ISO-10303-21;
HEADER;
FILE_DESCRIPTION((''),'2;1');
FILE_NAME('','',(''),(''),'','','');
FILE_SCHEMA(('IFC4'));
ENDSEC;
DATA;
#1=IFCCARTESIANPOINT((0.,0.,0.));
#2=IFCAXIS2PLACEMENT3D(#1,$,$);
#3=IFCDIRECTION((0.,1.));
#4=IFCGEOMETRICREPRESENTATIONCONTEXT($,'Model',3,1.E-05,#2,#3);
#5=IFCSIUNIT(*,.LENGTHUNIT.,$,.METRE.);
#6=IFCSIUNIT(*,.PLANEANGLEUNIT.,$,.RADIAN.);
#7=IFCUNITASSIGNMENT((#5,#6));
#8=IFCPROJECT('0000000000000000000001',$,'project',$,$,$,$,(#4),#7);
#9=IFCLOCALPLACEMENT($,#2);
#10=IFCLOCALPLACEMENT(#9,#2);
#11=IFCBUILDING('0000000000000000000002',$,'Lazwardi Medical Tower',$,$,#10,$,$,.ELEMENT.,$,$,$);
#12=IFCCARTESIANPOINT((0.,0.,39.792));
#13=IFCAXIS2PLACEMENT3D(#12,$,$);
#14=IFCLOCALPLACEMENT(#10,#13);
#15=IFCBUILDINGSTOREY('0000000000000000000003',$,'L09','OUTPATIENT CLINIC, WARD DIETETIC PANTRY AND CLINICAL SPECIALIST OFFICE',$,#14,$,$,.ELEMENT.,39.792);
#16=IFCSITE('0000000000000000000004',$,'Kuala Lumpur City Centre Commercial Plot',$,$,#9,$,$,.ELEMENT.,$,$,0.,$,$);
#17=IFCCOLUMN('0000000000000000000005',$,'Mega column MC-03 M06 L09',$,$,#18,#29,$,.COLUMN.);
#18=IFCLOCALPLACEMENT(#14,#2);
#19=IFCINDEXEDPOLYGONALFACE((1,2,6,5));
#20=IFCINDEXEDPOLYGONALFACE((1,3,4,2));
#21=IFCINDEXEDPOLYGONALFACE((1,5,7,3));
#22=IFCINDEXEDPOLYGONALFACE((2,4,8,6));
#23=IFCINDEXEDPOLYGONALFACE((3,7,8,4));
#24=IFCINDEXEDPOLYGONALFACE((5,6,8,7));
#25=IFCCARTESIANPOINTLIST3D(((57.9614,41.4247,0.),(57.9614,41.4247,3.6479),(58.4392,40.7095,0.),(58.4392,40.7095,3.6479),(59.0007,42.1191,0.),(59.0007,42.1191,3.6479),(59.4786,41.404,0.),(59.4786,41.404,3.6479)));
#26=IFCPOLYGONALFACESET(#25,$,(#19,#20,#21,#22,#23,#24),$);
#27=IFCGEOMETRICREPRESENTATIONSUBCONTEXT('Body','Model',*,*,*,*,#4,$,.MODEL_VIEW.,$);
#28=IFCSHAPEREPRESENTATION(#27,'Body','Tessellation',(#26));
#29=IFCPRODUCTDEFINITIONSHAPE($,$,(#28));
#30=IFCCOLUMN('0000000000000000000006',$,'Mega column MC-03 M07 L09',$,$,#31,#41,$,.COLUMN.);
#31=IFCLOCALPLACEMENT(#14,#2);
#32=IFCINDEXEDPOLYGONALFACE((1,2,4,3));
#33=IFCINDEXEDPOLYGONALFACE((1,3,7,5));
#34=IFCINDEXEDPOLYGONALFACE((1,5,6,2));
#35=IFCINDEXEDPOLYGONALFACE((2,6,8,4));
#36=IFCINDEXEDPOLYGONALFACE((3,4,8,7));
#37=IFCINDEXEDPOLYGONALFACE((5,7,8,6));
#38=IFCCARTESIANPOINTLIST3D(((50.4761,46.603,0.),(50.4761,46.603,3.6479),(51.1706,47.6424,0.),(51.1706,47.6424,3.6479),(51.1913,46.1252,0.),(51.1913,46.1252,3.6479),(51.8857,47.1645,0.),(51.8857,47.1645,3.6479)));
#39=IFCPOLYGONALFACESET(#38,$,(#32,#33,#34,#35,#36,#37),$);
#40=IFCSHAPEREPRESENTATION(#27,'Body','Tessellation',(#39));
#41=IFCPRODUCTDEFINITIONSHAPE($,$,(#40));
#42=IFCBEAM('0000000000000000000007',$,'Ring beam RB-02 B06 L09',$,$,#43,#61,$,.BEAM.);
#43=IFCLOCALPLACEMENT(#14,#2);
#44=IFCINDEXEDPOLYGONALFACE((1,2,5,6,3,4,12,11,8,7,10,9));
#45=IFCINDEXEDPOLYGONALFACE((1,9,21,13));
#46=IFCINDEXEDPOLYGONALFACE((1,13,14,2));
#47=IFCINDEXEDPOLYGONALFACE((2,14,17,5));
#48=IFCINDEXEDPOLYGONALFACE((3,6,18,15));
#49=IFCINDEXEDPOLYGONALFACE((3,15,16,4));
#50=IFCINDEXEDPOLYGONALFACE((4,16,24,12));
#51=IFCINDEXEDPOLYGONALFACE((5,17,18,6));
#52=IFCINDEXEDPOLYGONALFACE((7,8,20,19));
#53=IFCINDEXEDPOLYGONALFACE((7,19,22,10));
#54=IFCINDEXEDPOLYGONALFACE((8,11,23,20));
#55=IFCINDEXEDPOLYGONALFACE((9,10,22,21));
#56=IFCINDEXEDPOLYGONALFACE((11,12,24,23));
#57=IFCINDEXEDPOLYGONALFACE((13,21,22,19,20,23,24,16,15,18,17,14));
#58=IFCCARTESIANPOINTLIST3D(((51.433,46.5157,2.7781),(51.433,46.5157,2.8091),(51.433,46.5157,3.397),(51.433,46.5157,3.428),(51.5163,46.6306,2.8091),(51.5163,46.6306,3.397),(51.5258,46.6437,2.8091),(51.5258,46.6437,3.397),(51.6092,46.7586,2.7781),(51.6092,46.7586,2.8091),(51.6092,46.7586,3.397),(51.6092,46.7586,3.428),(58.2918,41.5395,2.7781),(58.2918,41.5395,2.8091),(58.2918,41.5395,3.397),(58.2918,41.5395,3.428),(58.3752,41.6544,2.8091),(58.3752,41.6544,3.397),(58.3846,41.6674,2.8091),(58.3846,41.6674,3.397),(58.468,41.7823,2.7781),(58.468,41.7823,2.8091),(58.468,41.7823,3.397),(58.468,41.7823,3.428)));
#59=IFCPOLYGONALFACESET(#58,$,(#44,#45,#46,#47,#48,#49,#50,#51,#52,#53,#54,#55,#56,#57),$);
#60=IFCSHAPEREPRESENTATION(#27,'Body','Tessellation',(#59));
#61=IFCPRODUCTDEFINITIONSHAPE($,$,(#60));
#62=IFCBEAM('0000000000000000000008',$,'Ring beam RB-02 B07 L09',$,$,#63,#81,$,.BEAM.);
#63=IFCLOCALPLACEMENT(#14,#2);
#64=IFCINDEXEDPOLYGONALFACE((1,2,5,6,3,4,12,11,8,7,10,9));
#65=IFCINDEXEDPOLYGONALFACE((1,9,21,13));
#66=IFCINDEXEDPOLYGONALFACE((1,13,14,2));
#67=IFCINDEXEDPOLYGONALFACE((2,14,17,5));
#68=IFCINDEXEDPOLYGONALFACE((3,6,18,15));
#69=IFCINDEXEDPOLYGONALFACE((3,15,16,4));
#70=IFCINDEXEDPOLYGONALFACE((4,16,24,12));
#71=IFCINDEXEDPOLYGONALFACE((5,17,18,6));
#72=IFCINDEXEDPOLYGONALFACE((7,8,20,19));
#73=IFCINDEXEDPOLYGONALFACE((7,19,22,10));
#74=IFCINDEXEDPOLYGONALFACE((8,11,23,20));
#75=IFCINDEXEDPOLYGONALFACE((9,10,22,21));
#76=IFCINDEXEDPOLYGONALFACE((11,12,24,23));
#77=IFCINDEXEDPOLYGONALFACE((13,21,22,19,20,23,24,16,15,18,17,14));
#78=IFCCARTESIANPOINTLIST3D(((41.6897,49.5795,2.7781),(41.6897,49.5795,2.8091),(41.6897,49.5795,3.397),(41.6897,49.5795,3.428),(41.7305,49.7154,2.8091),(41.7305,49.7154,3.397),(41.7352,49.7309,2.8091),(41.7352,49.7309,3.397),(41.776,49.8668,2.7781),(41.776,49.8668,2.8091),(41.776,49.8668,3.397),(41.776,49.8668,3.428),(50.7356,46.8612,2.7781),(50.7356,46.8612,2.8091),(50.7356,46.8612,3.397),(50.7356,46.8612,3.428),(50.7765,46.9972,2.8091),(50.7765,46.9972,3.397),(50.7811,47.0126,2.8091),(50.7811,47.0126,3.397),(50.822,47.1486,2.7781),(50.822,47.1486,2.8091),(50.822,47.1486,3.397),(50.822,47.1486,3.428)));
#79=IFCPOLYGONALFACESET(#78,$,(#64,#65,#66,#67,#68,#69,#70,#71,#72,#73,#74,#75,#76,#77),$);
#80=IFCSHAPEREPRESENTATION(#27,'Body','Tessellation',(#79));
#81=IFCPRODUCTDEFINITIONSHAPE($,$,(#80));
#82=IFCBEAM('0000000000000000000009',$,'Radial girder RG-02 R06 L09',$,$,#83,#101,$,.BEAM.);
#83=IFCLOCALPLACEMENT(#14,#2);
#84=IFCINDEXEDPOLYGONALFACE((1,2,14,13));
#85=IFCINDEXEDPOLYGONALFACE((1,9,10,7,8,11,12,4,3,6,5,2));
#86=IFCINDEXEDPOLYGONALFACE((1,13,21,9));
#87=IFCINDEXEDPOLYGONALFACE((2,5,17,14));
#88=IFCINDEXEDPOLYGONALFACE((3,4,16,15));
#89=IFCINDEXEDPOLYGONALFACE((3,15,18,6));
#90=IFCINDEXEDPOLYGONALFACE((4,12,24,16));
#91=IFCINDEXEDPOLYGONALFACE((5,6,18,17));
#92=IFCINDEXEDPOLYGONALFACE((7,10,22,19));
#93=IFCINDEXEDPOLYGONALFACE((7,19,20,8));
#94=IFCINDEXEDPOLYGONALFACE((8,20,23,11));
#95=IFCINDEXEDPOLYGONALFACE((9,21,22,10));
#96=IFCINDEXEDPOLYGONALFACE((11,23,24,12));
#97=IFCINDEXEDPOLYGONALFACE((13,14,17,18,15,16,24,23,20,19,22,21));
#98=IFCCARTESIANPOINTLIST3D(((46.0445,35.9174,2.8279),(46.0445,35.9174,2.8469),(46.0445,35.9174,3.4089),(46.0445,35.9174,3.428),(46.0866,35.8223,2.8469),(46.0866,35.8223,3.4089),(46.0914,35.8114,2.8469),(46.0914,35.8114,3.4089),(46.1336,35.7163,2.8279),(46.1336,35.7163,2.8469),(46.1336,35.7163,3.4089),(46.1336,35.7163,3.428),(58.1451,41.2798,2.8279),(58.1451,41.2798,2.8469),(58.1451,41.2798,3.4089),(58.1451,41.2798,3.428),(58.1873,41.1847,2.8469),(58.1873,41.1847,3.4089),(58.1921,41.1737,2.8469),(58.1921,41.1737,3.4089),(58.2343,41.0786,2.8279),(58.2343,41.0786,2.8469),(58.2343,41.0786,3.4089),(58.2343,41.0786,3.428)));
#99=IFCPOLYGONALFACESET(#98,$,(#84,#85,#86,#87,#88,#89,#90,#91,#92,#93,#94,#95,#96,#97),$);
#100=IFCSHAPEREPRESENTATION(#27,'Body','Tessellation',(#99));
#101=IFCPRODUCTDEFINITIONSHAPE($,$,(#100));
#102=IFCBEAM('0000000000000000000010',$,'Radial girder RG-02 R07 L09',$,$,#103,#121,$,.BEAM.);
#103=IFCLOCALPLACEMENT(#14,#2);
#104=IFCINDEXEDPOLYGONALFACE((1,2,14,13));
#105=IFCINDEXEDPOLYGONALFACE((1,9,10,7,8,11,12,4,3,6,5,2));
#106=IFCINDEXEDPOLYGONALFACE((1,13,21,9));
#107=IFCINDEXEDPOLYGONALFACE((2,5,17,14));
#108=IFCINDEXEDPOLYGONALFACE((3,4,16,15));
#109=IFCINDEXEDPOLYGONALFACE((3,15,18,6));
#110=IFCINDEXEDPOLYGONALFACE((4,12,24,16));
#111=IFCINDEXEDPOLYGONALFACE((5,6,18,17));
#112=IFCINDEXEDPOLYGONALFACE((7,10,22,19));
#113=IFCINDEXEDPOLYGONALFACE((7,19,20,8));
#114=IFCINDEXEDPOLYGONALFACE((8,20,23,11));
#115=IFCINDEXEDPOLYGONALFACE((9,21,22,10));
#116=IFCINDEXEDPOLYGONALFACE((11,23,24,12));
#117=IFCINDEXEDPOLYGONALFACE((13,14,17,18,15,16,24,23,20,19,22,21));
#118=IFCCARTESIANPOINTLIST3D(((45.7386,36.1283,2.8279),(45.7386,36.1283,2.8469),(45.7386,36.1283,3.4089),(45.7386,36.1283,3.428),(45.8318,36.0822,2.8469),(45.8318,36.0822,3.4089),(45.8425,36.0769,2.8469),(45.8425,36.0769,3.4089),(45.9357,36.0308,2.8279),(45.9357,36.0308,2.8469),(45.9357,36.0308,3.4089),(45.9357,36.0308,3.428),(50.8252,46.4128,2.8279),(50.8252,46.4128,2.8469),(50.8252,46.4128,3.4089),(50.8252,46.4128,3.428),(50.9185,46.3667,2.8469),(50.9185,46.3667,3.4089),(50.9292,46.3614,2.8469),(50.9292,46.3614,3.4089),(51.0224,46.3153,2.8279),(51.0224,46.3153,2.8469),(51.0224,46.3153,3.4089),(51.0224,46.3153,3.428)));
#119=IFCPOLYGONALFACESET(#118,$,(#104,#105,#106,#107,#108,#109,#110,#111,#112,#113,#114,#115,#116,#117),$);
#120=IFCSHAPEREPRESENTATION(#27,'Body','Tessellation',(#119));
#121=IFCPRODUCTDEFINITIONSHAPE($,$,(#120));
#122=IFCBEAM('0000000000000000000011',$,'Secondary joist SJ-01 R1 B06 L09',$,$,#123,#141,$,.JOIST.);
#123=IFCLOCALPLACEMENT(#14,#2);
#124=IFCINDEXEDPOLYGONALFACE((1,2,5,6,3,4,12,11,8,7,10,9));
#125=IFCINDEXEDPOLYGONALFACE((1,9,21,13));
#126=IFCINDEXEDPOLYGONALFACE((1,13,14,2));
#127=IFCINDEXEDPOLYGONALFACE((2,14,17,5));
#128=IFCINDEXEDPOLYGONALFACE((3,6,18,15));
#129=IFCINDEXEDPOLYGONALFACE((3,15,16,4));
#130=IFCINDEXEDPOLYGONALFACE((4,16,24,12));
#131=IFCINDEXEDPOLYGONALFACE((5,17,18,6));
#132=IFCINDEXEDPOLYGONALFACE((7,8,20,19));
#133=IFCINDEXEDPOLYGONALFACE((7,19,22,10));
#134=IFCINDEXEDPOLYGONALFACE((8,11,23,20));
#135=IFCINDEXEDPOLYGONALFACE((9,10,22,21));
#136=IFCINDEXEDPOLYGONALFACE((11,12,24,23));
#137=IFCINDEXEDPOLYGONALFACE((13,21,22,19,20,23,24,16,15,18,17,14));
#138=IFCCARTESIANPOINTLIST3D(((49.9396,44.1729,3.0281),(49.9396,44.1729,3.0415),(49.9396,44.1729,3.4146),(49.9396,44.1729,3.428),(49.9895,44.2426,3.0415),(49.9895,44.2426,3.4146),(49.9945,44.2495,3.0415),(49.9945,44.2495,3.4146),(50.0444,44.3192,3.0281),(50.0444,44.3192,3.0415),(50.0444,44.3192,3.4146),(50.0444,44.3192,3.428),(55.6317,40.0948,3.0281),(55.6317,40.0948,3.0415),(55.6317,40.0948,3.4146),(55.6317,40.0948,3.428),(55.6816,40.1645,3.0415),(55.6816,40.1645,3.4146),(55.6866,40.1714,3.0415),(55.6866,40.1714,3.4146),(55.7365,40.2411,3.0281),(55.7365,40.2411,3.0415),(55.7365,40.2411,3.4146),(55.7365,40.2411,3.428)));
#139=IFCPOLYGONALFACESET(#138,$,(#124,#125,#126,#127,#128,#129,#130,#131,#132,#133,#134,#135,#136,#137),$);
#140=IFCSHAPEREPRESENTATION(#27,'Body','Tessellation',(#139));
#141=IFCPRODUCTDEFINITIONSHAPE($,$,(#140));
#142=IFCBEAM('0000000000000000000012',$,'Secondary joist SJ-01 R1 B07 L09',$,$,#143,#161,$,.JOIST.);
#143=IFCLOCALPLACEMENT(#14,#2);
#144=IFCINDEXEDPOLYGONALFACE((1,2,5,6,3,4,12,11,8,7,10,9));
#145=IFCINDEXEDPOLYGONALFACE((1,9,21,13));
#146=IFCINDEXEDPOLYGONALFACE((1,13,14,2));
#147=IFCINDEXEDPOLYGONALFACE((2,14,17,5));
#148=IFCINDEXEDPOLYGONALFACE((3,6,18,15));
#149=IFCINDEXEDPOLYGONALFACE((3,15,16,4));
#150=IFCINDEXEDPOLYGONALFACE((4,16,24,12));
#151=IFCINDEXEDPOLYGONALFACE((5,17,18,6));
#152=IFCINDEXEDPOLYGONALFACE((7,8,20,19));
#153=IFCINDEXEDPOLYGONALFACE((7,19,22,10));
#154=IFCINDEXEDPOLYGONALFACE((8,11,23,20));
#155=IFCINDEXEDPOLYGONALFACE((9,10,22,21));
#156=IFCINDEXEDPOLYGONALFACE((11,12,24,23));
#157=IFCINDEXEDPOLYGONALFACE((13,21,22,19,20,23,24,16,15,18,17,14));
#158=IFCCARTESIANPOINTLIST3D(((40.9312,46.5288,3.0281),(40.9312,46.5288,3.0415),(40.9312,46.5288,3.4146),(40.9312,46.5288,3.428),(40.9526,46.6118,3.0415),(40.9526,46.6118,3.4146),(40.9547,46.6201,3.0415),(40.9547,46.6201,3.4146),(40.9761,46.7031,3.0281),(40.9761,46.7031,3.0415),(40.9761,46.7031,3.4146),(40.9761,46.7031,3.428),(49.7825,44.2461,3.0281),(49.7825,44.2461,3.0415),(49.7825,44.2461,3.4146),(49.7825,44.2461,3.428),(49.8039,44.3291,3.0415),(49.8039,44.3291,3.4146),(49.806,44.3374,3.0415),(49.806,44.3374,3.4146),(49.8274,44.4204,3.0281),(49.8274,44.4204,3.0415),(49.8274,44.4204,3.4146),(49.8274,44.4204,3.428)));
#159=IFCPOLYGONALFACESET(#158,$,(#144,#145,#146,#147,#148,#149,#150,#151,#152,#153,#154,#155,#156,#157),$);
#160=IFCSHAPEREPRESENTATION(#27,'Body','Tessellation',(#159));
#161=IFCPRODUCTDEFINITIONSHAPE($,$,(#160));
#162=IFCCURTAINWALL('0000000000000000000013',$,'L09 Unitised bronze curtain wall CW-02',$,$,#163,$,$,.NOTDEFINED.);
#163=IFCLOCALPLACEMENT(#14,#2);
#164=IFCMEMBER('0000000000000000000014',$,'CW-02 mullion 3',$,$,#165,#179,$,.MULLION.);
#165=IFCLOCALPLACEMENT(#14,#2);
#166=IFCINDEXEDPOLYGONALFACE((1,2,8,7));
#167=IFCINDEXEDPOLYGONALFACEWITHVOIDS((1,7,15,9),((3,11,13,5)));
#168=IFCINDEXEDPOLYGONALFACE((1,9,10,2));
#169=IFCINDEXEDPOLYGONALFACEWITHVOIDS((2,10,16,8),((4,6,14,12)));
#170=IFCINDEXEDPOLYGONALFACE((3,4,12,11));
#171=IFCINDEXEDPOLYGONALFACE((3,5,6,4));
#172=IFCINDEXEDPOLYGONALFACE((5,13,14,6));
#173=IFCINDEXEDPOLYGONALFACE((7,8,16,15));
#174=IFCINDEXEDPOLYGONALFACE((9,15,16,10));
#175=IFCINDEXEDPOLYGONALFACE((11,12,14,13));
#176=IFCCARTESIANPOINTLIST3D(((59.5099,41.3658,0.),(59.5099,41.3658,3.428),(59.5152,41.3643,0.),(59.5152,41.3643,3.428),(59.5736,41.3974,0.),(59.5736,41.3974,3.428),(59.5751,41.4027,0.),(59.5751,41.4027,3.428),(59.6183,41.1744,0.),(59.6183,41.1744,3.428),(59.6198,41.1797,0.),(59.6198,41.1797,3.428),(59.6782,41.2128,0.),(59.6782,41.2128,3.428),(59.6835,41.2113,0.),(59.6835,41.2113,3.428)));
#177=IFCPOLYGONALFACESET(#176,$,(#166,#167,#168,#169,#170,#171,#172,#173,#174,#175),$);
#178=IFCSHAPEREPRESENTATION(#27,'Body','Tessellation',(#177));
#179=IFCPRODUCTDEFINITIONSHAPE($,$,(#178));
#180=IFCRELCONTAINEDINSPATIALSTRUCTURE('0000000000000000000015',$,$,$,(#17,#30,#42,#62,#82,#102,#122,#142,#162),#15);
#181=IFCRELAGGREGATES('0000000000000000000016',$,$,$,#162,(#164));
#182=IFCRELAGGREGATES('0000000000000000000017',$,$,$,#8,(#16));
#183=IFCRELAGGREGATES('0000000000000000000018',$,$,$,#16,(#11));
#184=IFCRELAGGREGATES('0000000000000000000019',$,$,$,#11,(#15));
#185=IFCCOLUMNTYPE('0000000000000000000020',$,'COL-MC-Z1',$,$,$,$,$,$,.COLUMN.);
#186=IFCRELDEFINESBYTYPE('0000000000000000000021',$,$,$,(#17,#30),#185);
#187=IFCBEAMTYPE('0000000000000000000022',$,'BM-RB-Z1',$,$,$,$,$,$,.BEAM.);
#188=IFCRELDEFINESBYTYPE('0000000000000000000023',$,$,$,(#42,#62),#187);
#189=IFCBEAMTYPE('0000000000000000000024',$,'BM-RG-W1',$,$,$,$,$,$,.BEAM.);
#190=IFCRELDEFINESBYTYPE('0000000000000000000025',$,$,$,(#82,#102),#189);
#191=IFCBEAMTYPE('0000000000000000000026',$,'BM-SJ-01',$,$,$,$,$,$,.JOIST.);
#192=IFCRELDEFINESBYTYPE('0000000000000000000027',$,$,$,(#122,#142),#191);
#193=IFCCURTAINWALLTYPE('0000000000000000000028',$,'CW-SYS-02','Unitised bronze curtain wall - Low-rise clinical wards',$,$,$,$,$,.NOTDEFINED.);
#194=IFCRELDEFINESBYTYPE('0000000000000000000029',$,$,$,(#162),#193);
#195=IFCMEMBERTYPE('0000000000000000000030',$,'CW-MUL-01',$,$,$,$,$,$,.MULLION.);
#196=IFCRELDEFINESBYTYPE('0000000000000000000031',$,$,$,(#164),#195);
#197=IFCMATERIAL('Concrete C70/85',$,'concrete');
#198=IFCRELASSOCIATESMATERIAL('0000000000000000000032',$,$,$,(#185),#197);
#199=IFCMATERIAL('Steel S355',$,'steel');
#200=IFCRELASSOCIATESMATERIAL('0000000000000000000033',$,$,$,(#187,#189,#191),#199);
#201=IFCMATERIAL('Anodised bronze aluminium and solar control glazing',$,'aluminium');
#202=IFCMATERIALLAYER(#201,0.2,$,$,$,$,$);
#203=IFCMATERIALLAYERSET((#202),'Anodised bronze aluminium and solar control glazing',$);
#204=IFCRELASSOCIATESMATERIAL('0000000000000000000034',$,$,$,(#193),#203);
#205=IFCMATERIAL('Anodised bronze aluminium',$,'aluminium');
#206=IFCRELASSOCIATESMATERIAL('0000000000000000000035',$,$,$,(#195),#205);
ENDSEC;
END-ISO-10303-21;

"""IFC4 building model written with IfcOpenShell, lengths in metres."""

from ifc_helpers import new_model, si_unit, direction, frame, origin, origin_2d, place, context, subcontext, project, spatial, rectangle, hollow_rectangle, i_section, extrude, material, layer, layer_set, material_profile, profile_set, type_object, element, aggregate, save


model = new_model("IFC4")

# Units and contexts
model_context = context("Model", 3, precision=1e-05, world=origin(), true_north=direction((0.0, 1.0)))
body_context = subcontext(model_context, "Body", "Model", "MODEL_VIEW")
ifc_project = project(units=[si_unit("LENGTHUNIT", "METRE"), si_unit("PLANEANGLEUNIT", "RADIAN")], contexts=[model_context])

# Site, building, storey
site_placement = place(None, origin())
site = spatial("IfcSite", under=ifc_project, at=site_placement, Name="Kuala Lumpur City Centre Commercial Plot", CompositionType="ELEMENT", RefElevation=0.0)
building_placement = place(site_placement, origin())
building = spatial("IfcBuilding", under=site, at=building_placement, Name="Lazwardi Medical Tower", CompositionType="ELEMENT")
storey_placement = place(building_placement, frame((0.0, 0.0, 39.792)))
storey = spatial("IfcBuildingStorey", under=building, at=storey_placement, Name="L09", Description="OUTPATIENT CLINIC, WARD DIETETIC PANTRY AND CLINICAL SPECIALIST OFFICE", CompositionType="ELEMENT", Elevation=39.792)

# Columns
ifc_material_1 = material(Name="Concrete C70/85", Category="concrete")
ifc_material_profile_1 = material_profile(ifc_material_1, rectangle(XDim=1.25, YDim=0.8601, at=origin_2d()), Name="CFT-RECT 1250x860")
ifc_profile_set_1 = profile_set([ifc_material_profile_1], Name="Concrete C70/85")
column_type = type_object("IfcColumnType", Name="COL-MC-Z1", PredefinedType="COLUMN", material=ifc_profile_set_1)
for number, where, z_axis, x_axis, name in (
    (1, (58.72, 41.4143, 0.0), (0.0, 0.0, 1.0), (0.83147, 0.55557, 0.0), "Mega column MC-03 M06 L09"),
    (2, (51.1809, 46.8838, 0.0), (0.0, 0.0, 1.0), (0.55557, 0.83147, 0.0), "Mega column MC-03 M07 L09"),
):
    element("IfcColumn", number, at=place(storey_placement, frame(where, z_axis=z_axis, x_axis=x_axis)), inside=storey, type_object=column_type, Name=name, PredefinedType="COLUMN", context=body_context, shape_type="SweptSolid", body=[
        extrude(rectangle(XDim=1.25, YDim=0.8601, at=origin_2d()), origin(), (0.0, 0.0, 1.0), 3.6479),
    ])

# Beams
ifc_material_2 = material(Name="Steel S355", Category="steel")
ifc_material_profile_2 = material_profile(ifc_material_2, i_section(OverallWidth=0.3, OverallDepth=0.6499, WebThickness=0.0161, FlangeThickness=0.031, at=origin_2d()), Name="HEB 650")
ifc_profile_set_2 = profile_set([ifc_material_profile_2], Name="Steel S355")
beam_type_1 = type_object("IfcBeamType", Name="BM-RB-Z1", PredefinedType="BEAM", material=ifc_profile_set_2)
beam_1_placement = place(storey_placement, frame((58.3799, 41.6609, 3.103), z_axis=(-0.809407, 0.587248, 0.0), x_axis=(-0.587248, -0.809407, 0.0)))
element("IfcBeam", 3, at=beam_1_placement, inside=storey, type_object=beam_type_1, Name="Ring beam RB-02 B06 L09", PredefinedType="BEAM", context=body_context, shape_type="SweptSolid", body=[
    extrude(i_section(OverallWidth=0.3, OverallDepth=0.6499, WebThickness=0.0161, FlangeThickness=0.031, at=origin_2d()), origin(), (0.0, 0.0, 1.0), 8.4739),
])
beam_2_placement = place(storey_placement, frame((50.7788, 47.0049, 3.103), z_axis=(-0.957695, 0.287784, 0.0), x_axis=(-0.287784, -0.957695, 0.0)))
element("IfcBeam", 4, at=beam_2_placement, inside=storey, type_object=beam_type_1, Name="Ring beam RB-02 B07 L09", PredefinedType="BEAM", context=body_context, shape_type="SweptSolid", body=[
    extrude(i_section(OverallWidth=0.3, OverallDepth=0.6499, WebThickness=0.0161, FlangeThickness=0.031, at=origin_2d()), origin(), (0.0, 0.0, 1.0), 9.4456),
])
ifc_material_profile_3 = material_profile(ifc_material_2, i_section(OverallWidth=0.22, OverallDepth=0.6001, WebThickness=0.012, FlangeThickness=0.019, at=origin_2d()), Name="IPE 600")
ifc_profile_set_3 = profile_set([ifc_material_profile_3], Name="Steel S355")
beam_type_2 = type_object("IfcBeamType", Name="BM-RG-W1", PredefinedType="BEAM", material=ifc_profile_set_3)
beam_3_placement = place(storey_placement, frame((58.1897, 41.1792, 3.1279), z_axis=(-0.914252, -0.405146, 0.0), x_axis=(0.405146, -0.914252, 0.0)))
element("IfcBeam", 5, at=beam_3_placement, inside=storey, type_object=beam_type_2, Name="Radial girder RG-02 R06 L09", PredefinedType="BEAM", context=body_context, shape_type="SweptSolid", body=[
    extrude(i_section(OverallWidth=0.22, OverallDepth=0.6001, WebThickness=0.012, FlangeThickness=0.019, at=origin_2d()), origin(), (0.0, 0.0, 1.0), 13.2356),
])
beam_4_placement = place(storey_placement, frame((50.9238, 46.364, 3.1279), z_axis=(-0.443337, -0.896355, 0.0), x_axis=(0.896355, -0.443337, 0.0)))
element("IfcBeam", 6, at=beam_4_placement, inside=storey, type_object=beam_type_2, Name="Radial girder RG-02 R07 L09", PredefinedType="BEAM", context=body_context, shape_type="SweptSolid", body=[
    extrude(i_section(OverallWidth=0.22, OverallDepth=0.6001, WebThickness=0.012, FlangeThickness=0.019, at=origin_2d()), origin(), (0.0, 0.0, 1.0), 11.4736),
])
ifc_material_profile_4 = material_profile(ifc_material_2, i_section(OverallWidth=0.1799, OverallDepth=0.3999, WebThickness=0.0085, FlangeThickness=0.0134, at=origin_2d()), Name="IPE 400")
ifc_profile_set_4 = profile_set([ifc_material_profile_4], Name="Steel S355")
beam_type_3 = type_object("IfcBeamType", Name="BM-SJ-01", PredefinedType="JOIST", material=ifc_profile_set_4)
beam_5_placement = place(storey_placement, frame((55.6841, 40.168, 3.228), z_axis=(-0.812901, 0.582402, 0.0), x_axis=(-0.582402, -0.812901, 0.0)))
element("IfcBeam", 7, at=beam_5_placement, inside=storey, type_object=beam_type_3, Name="Secondary joist SJ-01 R1 B06 L09", PredefinedType="JOIST", context=body_context, shape_type="SweptSolid", body=[
    extrude(i_section(OverallWidth=0.1799, OverallDepth=0.3999, WebThickness=0.0085, FlangeThickness=0.0134, at=origin_2d()), origin(), (0.0, 0.0, 1.0), 7.0022),
])
beam_6_placement = place(storey_placement, frame((49.8049, 44.3333, 3.228), z_axis=(-0.968317, 0.249725, 0.0), x_axis=(-0.249725, -0.968317, 0.0)))
element("IfcBeam", 8, at=beam_6_placement, inside=storey, type_object=beam_type_3, Name="Secondary joist SJ-01 R1 B07 L09", PredefinedType="JOIST", context=body_context, shape_type="SweptSolid", body=[
    extrude(i_section(OverallWidth=0.1799, OverallDepth=0.3999, WebThickness=0.0085, FlangeThickness=0.0134, at=origin_2d()), origin(), (0.0, 0.0, 1.0), 9.1409),
])

# Curtain wall, member
ifc_material_3 = material(Name="Anodised bronze aluminium and solar control glazing", Category="aluminium")
ifc_layer_1 = layer(ifc_material_3, 0.2)
ifc_layer_set_1 = layer_set([ifc_layer_1], Name="Anodised bronze aluminium and solar control glazing")
curtain_wall_type = type_object("IfcCurtainWallType", Name="CW-SYS-02", Description="Unitised bronze curtain wall - Low-rise clinical wards", PredefinedType="NOTDEFINED", material=ifc_layer_set_1)
curtain_wall_1_placement = place(storey_placement, origin())
curtain_wall_1 = element("IfcCurtainWall", 9, at=curtain_wall_1_placement, inside=storey, type_object=curtain_wall_type, Name="L09 Unitised bronze curtain wall CW-02", PredefinedType="NOTDEFINED")
ifc_material_4 = material(Name="Anodised bronze aluminium", Category="aluminium")
ifc_material_profile_5 = material_profile(ifc_material_4, hollow_rectangle(XDim=0.075, YDim=0.22, WallThickness=0.0039, at=origin_2d()), Name="ALU-MULLION 220x75x4")
ifc_profile_set_5 = profile_set([ifc_material_profile_5], Name="Anodised bronze aluminium")
member_type_1 = type_object("IfcMemberType", Name="CW-MUL-01", PredefinedType="MULLION", material=ifc_profile_set_5)
member_1_placement = place(storey_placement, frame((59.5967, 41.2886, 0.0), z_axis=(0.0, 0.0, 1.0), x_axis=(-0.870112, -0.492854, 0.0)))
member_1 = element("IfcMember", 10, at=member_1_placement, type_object=member_type_1, Name="CW-02 mullion 3", PredefinedType="MULLION", context=body_context, shape_type="SweptSolid", body=[
    extrude(hollow_rectangle(XDim=0.075, YDim=0.22, WallThickness=0.0039, at=origin_2d()), origin(), (0.0, 0.0, 1.0), 3.428),
])

aggregate(curtain_wall_1, [member_1])

save(model, "model.ifc")
